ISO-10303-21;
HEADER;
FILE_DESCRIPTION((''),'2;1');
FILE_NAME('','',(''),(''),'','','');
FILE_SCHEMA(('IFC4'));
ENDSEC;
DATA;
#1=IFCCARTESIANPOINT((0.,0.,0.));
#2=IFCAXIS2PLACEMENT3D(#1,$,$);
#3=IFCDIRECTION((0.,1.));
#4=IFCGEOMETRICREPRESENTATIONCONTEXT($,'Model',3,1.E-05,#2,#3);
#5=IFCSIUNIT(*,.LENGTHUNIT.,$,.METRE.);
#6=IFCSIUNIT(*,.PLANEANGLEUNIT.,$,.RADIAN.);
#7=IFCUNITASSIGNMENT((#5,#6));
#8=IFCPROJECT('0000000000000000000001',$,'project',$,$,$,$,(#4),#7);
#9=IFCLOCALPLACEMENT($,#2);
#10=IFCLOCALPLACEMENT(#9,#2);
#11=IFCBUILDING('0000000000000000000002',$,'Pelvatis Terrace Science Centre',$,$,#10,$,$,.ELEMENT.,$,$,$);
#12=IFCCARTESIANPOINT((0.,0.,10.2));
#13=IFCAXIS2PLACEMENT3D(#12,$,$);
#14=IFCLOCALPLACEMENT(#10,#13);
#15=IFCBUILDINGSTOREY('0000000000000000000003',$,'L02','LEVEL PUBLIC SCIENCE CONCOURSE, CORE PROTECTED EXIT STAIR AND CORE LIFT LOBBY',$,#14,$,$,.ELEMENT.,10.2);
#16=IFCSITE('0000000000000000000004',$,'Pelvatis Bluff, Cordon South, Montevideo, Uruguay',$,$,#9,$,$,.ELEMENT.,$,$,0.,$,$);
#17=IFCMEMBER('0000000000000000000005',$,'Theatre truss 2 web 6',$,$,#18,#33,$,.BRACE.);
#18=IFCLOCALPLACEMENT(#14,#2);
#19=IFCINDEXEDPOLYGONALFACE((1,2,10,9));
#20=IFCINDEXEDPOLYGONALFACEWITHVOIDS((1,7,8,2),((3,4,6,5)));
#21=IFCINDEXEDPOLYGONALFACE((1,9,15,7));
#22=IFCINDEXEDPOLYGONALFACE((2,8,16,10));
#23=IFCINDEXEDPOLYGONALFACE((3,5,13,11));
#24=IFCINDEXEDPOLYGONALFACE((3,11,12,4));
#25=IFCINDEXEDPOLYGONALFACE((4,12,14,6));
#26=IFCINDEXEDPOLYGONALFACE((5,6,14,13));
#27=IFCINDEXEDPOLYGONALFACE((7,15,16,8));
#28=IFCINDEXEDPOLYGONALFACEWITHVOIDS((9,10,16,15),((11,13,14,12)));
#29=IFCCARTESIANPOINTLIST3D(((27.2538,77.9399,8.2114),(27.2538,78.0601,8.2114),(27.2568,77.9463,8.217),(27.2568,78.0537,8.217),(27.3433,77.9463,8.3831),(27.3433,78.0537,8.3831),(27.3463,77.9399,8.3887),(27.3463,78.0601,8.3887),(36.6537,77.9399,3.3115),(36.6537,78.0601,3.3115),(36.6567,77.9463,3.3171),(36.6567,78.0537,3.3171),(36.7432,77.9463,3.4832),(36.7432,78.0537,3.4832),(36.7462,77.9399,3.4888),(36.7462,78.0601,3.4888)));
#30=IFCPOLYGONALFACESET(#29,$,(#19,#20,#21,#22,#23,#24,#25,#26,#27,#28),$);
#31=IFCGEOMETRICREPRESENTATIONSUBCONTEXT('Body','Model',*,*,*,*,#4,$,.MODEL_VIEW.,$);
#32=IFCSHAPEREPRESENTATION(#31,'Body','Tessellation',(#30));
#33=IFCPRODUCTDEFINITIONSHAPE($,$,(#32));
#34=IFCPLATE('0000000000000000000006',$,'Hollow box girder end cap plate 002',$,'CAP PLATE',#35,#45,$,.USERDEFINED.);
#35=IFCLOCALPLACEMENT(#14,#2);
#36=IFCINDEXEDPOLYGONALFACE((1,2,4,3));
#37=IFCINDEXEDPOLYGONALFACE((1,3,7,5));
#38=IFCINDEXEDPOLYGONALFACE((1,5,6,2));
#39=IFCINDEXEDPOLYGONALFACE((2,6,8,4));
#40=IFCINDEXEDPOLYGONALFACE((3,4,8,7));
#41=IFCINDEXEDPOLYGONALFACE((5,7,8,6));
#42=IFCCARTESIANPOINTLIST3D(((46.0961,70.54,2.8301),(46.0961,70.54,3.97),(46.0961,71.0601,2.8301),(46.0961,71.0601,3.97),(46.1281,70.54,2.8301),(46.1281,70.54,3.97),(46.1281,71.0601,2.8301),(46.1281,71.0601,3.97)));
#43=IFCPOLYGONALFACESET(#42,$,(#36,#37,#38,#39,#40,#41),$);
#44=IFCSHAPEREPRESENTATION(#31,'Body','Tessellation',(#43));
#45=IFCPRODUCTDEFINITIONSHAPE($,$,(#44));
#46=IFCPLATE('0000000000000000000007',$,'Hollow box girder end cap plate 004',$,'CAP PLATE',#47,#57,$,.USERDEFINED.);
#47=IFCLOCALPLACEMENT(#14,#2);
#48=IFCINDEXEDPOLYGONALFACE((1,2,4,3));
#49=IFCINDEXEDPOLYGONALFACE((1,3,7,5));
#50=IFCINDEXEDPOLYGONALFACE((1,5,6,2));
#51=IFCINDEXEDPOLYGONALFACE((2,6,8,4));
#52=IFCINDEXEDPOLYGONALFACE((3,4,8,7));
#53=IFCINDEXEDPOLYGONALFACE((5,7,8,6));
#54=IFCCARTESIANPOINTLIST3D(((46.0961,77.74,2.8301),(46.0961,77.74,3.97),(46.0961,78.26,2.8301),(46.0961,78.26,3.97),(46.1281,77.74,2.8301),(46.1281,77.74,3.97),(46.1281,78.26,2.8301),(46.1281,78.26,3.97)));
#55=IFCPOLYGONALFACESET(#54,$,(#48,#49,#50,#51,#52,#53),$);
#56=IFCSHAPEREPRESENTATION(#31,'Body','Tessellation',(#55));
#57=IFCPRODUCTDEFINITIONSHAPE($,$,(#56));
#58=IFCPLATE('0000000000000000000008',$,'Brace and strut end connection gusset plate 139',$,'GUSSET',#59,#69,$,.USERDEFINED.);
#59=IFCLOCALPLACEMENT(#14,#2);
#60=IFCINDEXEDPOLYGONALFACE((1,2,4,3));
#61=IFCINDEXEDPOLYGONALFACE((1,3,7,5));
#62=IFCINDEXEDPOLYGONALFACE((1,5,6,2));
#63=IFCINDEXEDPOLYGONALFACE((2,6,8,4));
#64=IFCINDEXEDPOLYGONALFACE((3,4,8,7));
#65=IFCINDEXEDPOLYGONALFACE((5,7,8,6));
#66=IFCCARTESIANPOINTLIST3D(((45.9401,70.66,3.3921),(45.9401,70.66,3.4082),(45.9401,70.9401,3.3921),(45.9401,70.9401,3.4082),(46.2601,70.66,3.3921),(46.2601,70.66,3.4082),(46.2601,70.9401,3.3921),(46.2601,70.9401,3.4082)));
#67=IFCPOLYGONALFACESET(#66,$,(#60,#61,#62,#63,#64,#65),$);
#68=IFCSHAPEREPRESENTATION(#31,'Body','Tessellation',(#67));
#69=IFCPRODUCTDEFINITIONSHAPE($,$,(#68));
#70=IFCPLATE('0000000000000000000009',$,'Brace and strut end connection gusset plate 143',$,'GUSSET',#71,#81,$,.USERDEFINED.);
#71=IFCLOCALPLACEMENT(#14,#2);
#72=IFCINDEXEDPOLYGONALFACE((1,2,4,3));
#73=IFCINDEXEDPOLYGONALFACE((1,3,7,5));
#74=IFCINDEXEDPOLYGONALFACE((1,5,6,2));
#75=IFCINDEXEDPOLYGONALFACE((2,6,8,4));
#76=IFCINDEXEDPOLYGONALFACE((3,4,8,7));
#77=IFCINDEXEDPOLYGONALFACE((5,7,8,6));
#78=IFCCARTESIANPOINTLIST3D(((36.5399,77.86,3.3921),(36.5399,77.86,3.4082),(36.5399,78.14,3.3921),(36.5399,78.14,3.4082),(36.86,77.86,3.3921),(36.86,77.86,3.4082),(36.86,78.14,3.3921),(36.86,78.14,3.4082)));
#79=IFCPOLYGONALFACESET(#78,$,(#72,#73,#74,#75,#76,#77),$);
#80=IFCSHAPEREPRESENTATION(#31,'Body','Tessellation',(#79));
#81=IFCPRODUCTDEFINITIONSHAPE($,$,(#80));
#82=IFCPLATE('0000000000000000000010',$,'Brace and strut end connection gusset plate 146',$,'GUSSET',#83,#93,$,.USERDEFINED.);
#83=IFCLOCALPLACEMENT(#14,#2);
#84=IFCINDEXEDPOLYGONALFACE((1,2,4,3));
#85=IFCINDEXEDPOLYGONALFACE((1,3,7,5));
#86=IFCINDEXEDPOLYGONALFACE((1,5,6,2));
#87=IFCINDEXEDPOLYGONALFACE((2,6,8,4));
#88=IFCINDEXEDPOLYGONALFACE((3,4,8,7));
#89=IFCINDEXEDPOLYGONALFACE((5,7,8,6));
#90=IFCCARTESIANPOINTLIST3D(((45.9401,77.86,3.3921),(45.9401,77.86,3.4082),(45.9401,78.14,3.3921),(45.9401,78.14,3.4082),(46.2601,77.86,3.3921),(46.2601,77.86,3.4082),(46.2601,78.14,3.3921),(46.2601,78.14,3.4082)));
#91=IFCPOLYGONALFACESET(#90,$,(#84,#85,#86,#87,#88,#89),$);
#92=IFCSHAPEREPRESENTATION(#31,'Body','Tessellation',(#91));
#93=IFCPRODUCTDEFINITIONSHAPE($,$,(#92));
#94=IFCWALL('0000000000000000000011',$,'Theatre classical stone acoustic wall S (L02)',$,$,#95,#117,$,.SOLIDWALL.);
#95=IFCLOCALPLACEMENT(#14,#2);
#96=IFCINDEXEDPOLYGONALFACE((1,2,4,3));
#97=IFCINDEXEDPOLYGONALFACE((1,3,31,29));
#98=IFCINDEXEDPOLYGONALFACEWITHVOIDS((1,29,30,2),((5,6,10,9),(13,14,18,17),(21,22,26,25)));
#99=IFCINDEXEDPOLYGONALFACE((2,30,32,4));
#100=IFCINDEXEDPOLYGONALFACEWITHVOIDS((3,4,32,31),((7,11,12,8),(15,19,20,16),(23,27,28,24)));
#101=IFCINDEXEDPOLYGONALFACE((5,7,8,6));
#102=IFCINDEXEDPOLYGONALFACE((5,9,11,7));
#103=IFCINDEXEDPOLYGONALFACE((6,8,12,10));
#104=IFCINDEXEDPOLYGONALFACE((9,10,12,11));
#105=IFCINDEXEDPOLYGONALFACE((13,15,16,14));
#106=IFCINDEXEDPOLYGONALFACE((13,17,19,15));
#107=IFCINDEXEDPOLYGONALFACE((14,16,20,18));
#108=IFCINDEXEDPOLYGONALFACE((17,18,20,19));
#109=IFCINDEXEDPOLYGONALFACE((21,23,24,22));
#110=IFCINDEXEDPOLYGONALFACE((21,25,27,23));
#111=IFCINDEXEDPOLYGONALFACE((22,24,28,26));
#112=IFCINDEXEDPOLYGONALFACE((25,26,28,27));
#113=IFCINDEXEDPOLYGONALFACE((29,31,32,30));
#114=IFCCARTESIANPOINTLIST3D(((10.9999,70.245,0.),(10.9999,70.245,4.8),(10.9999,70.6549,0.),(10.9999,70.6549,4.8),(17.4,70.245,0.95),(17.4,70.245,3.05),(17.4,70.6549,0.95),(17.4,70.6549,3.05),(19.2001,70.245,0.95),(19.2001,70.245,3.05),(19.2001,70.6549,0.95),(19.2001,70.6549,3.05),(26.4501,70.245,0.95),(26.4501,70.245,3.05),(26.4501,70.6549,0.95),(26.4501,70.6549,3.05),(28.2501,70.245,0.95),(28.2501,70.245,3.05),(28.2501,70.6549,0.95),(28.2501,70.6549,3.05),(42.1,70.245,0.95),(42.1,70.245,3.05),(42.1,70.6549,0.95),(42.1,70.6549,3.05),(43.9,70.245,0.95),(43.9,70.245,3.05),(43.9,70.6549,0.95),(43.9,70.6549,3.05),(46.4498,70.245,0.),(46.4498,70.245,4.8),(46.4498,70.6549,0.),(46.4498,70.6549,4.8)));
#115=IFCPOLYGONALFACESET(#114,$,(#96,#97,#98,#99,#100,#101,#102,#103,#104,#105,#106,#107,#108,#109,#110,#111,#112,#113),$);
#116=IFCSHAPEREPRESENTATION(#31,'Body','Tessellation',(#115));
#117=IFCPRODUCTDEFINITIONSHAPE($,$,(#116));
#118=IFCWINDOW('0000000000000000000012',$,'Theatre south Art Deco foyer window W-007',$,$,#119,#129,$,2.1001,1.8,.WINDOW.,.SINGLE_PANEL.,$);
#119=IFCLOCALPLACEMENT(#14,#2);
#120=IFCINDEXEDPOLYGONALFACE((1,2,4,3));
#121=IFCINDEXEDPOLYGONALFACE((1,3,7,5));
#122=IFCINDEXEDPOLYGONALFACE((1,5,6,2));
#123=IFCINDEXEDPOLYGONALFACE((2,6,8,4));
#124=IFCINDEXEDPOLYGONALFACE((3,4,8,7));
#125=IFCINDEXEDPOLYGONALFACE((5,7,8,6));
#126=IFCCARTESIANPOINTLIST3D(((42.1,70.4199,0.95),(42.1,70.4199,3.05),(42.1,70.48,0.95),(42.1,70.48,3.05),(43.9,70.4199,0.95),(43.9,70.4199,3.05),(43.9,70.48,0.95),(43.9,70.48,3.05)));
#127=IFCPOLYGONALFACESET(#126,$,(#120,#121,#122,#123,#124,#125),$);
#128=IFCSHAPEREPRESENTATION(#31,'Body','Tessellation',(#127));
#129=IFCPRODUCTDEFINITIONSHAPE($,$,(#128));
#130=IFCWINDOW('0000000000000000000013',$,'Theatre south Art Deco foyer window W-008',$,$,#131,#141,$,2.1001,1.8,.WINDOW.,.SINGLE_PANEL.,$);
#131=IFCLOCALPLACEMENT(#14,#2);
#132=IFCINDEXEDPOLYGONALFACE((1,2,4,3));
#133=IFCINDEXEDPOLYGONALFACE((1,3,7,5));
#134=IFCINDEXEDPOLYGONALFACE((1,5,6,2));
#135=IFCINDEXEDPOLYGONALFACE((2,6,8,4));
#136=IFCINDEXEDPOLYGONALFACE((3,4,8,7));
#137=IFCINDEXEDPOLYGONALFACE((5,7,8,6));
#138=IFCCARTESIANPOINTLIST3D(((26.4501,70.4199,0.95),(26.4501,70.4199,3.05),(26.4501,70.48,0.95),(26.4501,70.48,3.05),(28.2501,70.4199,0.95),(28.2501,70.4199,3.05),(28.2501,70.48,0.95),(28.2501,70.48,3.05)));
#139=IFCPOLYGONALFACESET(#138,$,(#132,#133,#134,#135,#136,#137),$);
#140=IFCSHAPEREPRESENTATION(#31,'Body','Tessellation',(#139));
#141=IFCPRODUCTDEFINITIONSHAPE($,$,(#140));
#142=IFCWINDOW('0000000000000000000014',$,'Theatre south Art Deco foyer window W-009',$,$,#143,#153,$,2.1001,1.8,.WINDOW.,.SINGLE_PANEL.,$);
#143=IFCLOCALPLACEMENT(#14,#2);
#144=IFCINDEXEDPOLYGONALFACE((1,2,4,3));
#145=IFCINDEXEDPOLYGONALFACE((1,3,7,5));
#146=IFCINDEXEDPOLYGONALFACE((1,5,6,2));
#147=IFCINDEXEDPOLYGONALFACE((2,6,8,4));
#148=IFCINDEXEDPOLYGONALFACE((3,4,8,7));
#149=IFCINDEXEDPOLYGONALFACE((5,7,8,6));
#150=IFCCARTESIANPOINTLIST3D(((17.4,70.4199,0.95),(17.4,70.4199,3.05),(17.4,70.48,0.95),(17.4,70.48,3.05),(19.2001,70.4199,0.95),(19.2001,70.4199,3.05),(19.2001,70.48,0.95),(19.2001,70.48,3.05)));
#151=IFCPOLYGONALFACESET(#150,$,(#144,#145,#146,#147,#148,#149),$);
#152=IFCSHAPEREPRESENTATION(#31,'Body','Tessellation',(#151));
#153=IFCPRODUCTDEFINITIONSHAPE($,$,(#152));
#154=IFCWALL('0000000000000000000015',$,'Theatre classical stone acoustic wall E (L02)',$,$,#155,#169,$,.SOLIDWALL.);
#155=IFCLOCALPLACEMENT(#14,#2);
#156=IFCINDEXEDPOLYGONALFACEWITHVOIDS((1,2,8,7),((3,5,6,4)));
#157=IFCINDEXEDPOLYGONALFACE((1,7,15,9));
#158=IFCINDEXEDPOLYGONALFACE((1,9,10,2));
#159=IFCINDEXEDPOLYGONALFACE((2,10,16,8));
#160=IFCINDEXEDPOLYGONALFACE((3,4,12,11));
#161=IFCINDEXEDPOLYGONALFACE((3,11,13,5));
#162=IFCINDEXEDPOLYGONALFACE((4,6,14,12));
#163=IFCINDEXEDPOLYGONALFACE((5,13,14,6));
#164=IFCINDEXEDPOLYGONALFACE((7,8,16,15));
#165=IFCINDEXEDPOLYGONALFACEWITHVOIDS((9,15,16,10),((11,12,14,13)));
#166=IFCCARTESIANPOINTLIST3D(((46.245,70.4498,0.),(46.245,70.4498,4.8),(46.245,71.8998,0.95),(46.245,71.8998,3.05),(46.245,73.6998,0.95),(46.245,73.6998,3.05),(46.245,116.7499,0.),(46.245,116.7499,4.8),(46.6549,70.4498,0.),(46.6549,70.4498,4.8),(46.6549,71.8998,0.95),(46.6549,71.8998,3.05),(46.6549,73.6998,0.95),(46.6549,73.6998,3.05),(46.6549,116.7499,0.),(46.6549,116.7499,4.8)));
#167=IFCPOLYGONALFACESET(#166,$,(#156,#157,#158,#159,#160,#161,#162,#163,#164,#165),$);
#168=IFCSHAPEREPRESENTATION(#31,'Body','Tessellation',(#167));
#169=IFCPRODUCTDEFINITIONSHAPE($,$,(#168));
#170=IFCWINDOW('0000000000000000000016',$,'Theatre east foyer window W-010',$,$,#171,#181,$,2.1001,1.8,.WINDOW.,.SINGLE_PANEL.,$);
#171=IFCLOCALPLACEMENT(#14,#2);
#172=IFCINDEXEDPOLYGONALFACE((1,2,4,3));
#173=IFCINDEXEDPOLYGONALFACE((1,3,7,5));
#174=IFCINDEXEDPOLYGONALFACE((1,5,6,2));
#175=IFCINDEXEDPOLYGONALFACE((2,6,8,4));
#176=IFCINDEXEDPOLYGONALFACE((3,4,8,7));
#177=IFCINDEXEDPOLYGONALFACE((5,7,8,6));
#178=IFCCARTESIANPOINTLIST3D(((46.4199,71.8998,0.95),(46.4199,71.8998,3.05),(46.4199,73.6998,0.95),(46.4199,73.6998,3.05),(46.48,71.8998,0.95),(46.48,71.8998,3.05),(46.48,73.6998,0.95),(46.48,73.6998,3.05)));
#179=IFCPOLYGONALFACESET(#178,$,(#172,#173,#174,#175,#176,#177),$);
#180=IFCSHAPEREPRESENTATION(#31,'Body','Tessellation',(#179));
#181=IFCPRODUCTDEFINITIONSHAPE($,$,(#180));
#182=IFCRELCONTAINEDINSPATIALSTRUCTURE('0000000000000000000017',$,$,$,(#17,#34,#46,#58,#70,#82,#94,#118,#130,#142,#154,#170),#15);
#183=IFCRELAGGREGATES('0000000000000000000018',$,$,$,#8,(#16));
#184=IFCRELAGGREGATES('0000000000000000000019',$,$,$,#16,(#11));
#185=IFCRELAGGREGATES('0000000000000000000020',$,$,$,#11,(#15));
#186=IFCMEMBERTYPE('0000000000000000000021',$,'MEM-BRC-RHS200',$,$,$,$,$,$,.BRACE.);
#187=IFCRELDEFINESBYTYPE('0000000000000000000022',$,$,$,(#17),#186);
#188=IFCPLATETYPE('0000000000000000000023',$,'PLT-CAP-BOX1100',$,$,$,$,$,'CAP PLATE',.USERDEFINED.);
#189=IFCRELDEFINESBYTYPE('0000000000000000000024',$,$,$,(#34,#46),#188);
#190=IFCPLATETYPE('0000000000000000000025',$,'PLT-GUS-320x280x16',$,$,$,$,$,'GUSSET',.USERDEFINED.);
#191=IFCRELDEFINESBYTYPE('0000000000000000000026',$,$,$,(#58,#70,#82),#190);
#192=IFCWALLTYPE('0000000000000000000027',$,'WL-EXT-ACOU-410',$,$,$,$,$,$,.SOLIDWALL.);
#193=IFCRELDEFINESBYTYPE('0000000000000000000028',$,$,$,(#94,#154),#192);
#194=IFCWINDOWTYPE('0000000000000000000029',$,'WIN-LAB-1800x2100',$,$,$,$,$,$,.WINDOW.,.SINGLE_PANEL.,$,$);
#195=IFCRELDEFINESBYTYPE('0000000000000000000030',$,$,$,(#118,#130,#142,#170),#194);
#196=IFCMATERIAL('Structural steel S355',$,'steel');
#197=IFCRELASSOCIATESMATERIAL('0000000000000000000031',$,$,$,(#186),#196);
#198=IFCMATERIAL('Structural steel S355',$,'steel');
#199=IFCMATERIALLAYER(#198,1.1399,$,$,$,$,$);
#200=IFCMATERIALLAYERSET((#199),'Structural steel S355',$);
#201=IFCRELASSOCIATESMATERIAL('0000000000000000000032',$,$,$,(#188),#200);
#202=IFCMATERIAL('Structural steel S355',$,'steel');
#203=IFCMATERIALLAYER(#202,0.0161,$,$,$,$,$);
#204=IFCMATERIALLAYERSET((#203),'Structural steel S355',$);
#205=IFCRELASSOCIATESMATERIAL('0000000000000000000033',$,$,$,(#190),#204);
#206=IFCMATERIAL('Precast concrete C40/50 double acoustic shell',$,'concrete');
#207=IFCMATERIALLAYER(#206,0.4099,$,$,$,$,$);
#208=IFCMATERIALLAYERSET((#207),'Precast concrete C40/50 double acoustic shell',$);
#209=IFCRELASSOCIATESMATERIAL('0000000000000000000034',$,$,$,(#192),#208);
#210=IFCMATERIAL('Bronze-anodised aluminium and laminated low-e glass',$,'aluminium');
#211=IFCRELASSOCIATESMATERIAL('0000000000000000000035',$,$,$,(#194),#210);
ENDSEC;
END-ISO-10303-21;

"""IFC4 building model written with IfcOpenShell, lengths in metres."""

from ifc_helpers import new_model, si_unit, direction, frame, frame_2d, origin, origin_2d, place, context, subcontext, project, spatial, rectangle, hollow_rectangle, extrude, material, layer, layer_set, material_profile, profile_set, type_object, element, fill, save


model = new_model("IFC4")

# Units and contexts
model_context = context("Model", 3, precision=1e-05, world=origin(), true_north=direction((0.0, 1.0)))
body_context = subcontext(model_context, "Body", "Model", "MODEL_VIEW")
ifc_project = project(units=[si_unit("LENGTHUNIT", "METRE"), si_unit("PLANEANGLEUNIT", "RADIAN")], contexts=[model_context])

# Site, building, storey
site_placement = place(None, origin())
site = spatial("IfcSite", under=ifc_project, at=site_placement, Name="Pelvatis Bluff, Cordon South, Montevideo, Uruguay", CompositionType="ELEMENT", RefElevation=0.0)
building_placement = place(site_placement, origin())
building = spatial("IfcBuilding", under=site, at=building_placement, Name="Pelvatis Terrace Science Centre", CompositionType="ELEMENT")
storey_placement = place(building_placement, frame((0.0, 0.0, 10.2)))
storey = spatial("IfcBuildingStorey", under=building, at=storey_placement, Name="L02", Description="LEVEL PUBLIC SCIENCE CONCOURSE, CORE PROTECTED EXIT STAIR AND CORE LIFT LOBBY", CompositionType="ELEMENT", Elevation=10.2)

# Member
ifc_material_1 = material(Name="Structural steel S355", Category="steel")
ifc_material_profile_1 = material_profile(ifc_material_1, hollow_rectangle(XDim=0.1201, YDim=0.2, WallThickness=0.0063, at=origin_2d()), Name="RHS 200x120x6.3")
ifc_profile_set_1 = profile_set([ifc_material_profile_1], Name="Structural steel S355")
member_type_1 = type_object("IfcMemberType", Name="MEM-BRC-RHS200", PredefinedType="BRACE", material=ifc_profile_set_1)
member_placement = place(storey_placement, frame((36.7, 78.0, 3.4001), z_axis=(-0.886755, 0.0, 0.46224), x_axis=(0.0, -1.0, 0.0)))
element("IfcMember", 1, at=member_placement, inside=storey, type_object=member_type_1, Name="Theatre truss 2 web 6", PredefinedType="BRACE", context=body_context, shape_type="SweptSolid", body=[
    extrude(hollow_rectangle(XDim=0.1201, YDim=0.2, WallThickness=0.0063, at=origin_2d()), origin(), (0.0, 0.0, 1.0), 10.6003),
])

# Plates
ifc_material_2 = material(Name="Structural steel S355", Category="steel")
ifc_layer_1 = layer(ifc_material_2, 1.1399)
ifc_layer_set_1 = layer_set([ifc_layer_1], Name="Structural steel S355")
plate_type_1 = type_object("IfcPlateType", Name="PLT-CAP-BOX1100", ElementType="CAP PLATE", PredefinedType="USERDEFINED", material=ifc_layer_set_1)
for number, where, z_axis, x_axis, name in (
    (2, (46.1121, 70.8, 2.8301), (0.0, 0.0, 1.0), (1.0, 0.0, 0.0), "Hollow box girder end cap plate 002"),
    (3, (46.1121, 78.0, 2.8301), (0.0, 0.0, 1.0), (1.0, 0.0, 0.0), "Hollow box girder end cap plate 004"),
):
    element("IfcPlate", number, at=place(storey_placement, frame(where, z_axis=z_axis, x_axis=x_axis)), inside=storey, type_object=plate_type_1, Name=name, ObjectType="CAP PLATE", PredefinedType="USERDEFINED", context=body_context, shape_type="SweptSolid", body=[
        extrude(rectangle(XDim=0.032, YDim=0.52, at=origin_2d()), origin(), (0.0, 0.0, 1.0), 1.1399),
    ])
ifc_material_3 = material(Name="Structural steel S355", Category="steel")
ifc_layer_2 = layer(ifc_material_3, 0.0161)
ifc_layer_set_2 = layer_set([ifc_layer_2], Name="Structural steel S355")
plate_type_2 = type_object("IfcPlateType", Name="PLT-GUS-320x280x16", ElementType="GUSSET", PredefinedType="USERDEFINED", material=ifc_layer_set_2)
for number, where, z_axis, x_axis, name in (
    (4, (46.1001, 70.8, 3.3921), (0.0, 0.0, 1.0), (1.0, 0.0, 0.0), "Brace and strut end connection gusset plate 139"),
    (5, (36.7, 78.0, 3.3921), (0.0, 0.0, 1.0), (1.0, 0.0, 0.0), "Brace and strut end connection gusset plate 143"),
    (6, (46.1001, 78.0, 3.3921), (0.0, 0.0, 1.0), (1.0, 0.0, 0.0), "Brace and strut end connection gusset plate 146"),
):
    element("IfcPlate", number, at=place(storey_placement, frame(where, z_axis=z_axis, x_axis=x_axis)), inside=storey, type_object=plate_type_2, Name=name, ObjectType="GUSSET", PredefinedType="USERDEFINED", context=body_context, shape_type="SweptSolid", body=[
        extrude(rectangle(XDim=0.3201, YDim=0.28, at=origin_2d()), origin(), (0.0, 0.0, 1.0), 0.0161),
    ])

# Wall, openings, windows
ifc_material_4 = material(Name="Precast concrete C40/50 double acoustic shell", Category="concrete")
ifc_layer_3 = layer(ifc_material_4, 0.4099)
ifc_layer_set_3 = layer_set([ifc_layer_3], Name="Precast concrete C40/50 double acoustic shell")
wall_type = type_object("IfcWallType", Name="WL-EXT-ACOU-410", PredefinedType="SOLIDWALL", material=ifc_layer_set_3)
wall_1_placement = place(storey_placement, frame((46.45, 70.45, 0.0), z_axis=(0.0, 0.0, 1.0), x_axis=(-1.0, 0.0, 0.0)))
wall_1 = element("IfcWall", 7, at=wall_1_placement, inside=storey, type_object=wall_type, Name="Theatre classical stone acoustic wall S (L02)", PredefinedType="SOLIDWALL", context=body_context, shape_type="SweptSolid", body=[
    extrude(rectangle(XDim=35.45, YDim=0.4099, at=frame_2d((17.7251, 0.0))), origin(), (0.0, 0.0, 1.0), 4.8),
])
opening_1_placement = place(wall_1_placement, frame((2.55, 0.0, 0.95)))
opening_1 = element("IfcOpeningElement", 8, at=opening_1_placement, cuts=wall_1, PredefinedType="OPENING", context=body_context, shape_type="SweptSolid", body=[
    extrude(rectangle(XDim=1.8, YDim=2.1001, at=frame_2d((0.8999, 1.05))), frame((0.0, 0.2148, 0.0), z_axis=(0.0, -1.0, 0.0), x_axis=(1.0, 0.0, 0.0)), (0.0, 0.0, 1.0), 0.4299),
])
opening_2_placement = place(wall_1_placement, frame((18.2, 0.0, 0.95)))
opening_2 = element("IfcOpeningElement", 9, at=opening_2_placement, cuts=wall_1, PredefinedType="OPENING", context=body_context, shape_type="SweptSolid", body=[
    extrude(rectangle(XDim=1.8, YDim=2.1001, at=frame_2d((0.8999, 1.05))), frame((0.0, 0.2148, 0.0), z_axis=(0.0, -1.0, 0.0), x_axis=(1.0, 0.0, 0.0)), (0.0, 0.0, 1.0), 0.4299),
])
opening_3_placement = place(wall_1_placement, frame((27.25, 0.0, 0.95)))
opening_3 = element("IfcOpeningElement", 10, at=opening_3_placement, cuts=wall_1, PredefinedType="OPENING", context=body_context, shape_type="SweptSolid", body=[
    extrude(rectangle(XDim=1.8, YDim=2.1001, at=frame_2d((0.8999, 1.05))), frame((0.0, 0.2148, 0.0), z_axis=(0.0, -1.0, 0.0), x_axis=(1.0, 0.0, 0.0)), (0.0, 0.0, 1.0), 0.4299),
])
ifc_material_5 = material(Name="Bronze-anodised aluminium and laminated low-e glass", Category="aluminium")
window_type = type_object("IfcWindowType", Name="WIN-LAB-1800x2100", PartitioningType="SINGLE_PANEL", PredefinedType="WINDOW", material=ifc_material_5)
window_1_placement = place(opening_1_placement, origin())
window_1 = element("IfcWindow", 11, at=window_1_placement, inside=storey, type_object=window_type, Name="Theatre south Art Deco foyer window W-007", OverallHeight=2.1001, OverallWidth=1.8, PartitioningType="SINGLE_PANEL", PredefinedType="WINDOW", context=body_context, shape_type="SweptSolid", body=[
    extrude(rectangle(XDim=1.8, YDim=2.1001, at=frame_2d((0.8999, 1.05))), frame((0.0, 0.03, 0.0), z_axis=(0.0, -1.0, 0.0), x_axis=(1.0, 0.0, 0.0)), (0.0, 0.0, 1.0), 0.0601),
])
fill(opening_1, window_1)
window_2_placement = place(opening_2_placement, origin())
window_2 = element("IfcWindow", 12, at=window_2_placement, inside=storey, type_object=window_type, Name="Theatre south Art Deco foyer window W-008", OverallHeight=2.1001, OverallWidth=1.8, PartitioningType="SINGLE_PANEL", PredefinedType="WINDOW", context=body_context, shape_type="SweptSolid", body=[
    extrude(rectangle(XDim=1.8, YDim=2.1001, at=frame_2d((0.8999, 1.05))), frame((0.0, 0.03, 0.0), z_axis=(0.0, -1.0, 0.0), x_axis=(1.0, 0.0, 0.0)), (0.0, 0.0, 1.0), 0.0601),
])
fill(opening_2, window_2)
window_3_placement = place(opening_3_placement, origin())
window_3 = element("IfcWindow", 13, at=window_3_placement, inside=storey, type_object=window_type, Name="Theatre south Art Deco foyer window W-009", OverallHeight=2.1001, OverallWidth=1.8, PartitioningType="SINGLE_PANEL", PredefinedType="WINDOW", context=body_context, shape_type="SweptSolid", body=[
    extrude(rectangle(XDim=1.8, YDim=2.1001, at=frame_2d((0.8999, 1.05))), frame((0.0, 0.03, 0.0), z_axis=(0.0, -1.0, 0.0), x_axis=(1.0, 0.0, 0.0)), (0.0, 0.0, 1.0), 0.0601),
])
fill(opening_3, window_3)

# Wall, opening, window
wall_2_placement = place(storey_placement, frame((46.45, 70.45, 0.0), z_axis=(0.0, 0.0, 1.0), x_axis=(0.0, 1.0, 0.0)))
wall_2 = element("IfcWall", 14, at=wall_2_placement, inside=storey, type_object=wall_type, Name="Theatre classical stone acoustic wall E (L02)", PredefinedType="SOLIDWALL", context=body_context, shape_type="SweptSolid", body=[
    extrude(rectangle(XDim=46.3, YDim=0.4099, at=frame_2d((23.1499, 0.0))), origin(), (0.0, 0.0, 1.0), 4.8),
])
opening_4_placement = place(wall_2_placement, frame((1.45, 0.0, 0.95)))
opening_4 = element("IfcOpeningElement", 15, at=opening_4_placement, cuts=wall_2, PredefinedType="OPENING", context=body_context, shape_type="SweptSolid", body=[
    extrude(rectangle(XDim=1.8, YDim=2.1001, at=frame_2d((0.8999, 1.05))), frame((0.0, 0.2148, 0.0), z_axis=(0.0, -1.0, 0.0), x_axis=(1.0, 0.0, 0.0)), (0.0, 0.0, 1.0), 0.4299),
])
window_4_placement = place(opening_4_placement, origin())
window_4 = element("IfcWindow", 16, at=window_4_placement, inside=storey, type_object=window_type, Name="Theatre east foyer window W-010", OverallHeight=2.1001, OverallWidth=1.8, PartitioningType="SINGLE_PANEL", PredefinedType="WINDOW", context=body_context, shape_type="SweptSolid", body=[
    extrude(rectangle(XDim=1.8, YDim=2.1001, at=frame_2d((0.8999, 1.05))), frame((0.0, 0.03, 0.0), z_axis=(0.0, -1.0, 0.0), x_axis=(1.0, 0.0, 0.0)), (0.0, 0.0, 1.0), 0.0601),
])
fill(opening_4, window_4)

save(model, "model.ifc")
